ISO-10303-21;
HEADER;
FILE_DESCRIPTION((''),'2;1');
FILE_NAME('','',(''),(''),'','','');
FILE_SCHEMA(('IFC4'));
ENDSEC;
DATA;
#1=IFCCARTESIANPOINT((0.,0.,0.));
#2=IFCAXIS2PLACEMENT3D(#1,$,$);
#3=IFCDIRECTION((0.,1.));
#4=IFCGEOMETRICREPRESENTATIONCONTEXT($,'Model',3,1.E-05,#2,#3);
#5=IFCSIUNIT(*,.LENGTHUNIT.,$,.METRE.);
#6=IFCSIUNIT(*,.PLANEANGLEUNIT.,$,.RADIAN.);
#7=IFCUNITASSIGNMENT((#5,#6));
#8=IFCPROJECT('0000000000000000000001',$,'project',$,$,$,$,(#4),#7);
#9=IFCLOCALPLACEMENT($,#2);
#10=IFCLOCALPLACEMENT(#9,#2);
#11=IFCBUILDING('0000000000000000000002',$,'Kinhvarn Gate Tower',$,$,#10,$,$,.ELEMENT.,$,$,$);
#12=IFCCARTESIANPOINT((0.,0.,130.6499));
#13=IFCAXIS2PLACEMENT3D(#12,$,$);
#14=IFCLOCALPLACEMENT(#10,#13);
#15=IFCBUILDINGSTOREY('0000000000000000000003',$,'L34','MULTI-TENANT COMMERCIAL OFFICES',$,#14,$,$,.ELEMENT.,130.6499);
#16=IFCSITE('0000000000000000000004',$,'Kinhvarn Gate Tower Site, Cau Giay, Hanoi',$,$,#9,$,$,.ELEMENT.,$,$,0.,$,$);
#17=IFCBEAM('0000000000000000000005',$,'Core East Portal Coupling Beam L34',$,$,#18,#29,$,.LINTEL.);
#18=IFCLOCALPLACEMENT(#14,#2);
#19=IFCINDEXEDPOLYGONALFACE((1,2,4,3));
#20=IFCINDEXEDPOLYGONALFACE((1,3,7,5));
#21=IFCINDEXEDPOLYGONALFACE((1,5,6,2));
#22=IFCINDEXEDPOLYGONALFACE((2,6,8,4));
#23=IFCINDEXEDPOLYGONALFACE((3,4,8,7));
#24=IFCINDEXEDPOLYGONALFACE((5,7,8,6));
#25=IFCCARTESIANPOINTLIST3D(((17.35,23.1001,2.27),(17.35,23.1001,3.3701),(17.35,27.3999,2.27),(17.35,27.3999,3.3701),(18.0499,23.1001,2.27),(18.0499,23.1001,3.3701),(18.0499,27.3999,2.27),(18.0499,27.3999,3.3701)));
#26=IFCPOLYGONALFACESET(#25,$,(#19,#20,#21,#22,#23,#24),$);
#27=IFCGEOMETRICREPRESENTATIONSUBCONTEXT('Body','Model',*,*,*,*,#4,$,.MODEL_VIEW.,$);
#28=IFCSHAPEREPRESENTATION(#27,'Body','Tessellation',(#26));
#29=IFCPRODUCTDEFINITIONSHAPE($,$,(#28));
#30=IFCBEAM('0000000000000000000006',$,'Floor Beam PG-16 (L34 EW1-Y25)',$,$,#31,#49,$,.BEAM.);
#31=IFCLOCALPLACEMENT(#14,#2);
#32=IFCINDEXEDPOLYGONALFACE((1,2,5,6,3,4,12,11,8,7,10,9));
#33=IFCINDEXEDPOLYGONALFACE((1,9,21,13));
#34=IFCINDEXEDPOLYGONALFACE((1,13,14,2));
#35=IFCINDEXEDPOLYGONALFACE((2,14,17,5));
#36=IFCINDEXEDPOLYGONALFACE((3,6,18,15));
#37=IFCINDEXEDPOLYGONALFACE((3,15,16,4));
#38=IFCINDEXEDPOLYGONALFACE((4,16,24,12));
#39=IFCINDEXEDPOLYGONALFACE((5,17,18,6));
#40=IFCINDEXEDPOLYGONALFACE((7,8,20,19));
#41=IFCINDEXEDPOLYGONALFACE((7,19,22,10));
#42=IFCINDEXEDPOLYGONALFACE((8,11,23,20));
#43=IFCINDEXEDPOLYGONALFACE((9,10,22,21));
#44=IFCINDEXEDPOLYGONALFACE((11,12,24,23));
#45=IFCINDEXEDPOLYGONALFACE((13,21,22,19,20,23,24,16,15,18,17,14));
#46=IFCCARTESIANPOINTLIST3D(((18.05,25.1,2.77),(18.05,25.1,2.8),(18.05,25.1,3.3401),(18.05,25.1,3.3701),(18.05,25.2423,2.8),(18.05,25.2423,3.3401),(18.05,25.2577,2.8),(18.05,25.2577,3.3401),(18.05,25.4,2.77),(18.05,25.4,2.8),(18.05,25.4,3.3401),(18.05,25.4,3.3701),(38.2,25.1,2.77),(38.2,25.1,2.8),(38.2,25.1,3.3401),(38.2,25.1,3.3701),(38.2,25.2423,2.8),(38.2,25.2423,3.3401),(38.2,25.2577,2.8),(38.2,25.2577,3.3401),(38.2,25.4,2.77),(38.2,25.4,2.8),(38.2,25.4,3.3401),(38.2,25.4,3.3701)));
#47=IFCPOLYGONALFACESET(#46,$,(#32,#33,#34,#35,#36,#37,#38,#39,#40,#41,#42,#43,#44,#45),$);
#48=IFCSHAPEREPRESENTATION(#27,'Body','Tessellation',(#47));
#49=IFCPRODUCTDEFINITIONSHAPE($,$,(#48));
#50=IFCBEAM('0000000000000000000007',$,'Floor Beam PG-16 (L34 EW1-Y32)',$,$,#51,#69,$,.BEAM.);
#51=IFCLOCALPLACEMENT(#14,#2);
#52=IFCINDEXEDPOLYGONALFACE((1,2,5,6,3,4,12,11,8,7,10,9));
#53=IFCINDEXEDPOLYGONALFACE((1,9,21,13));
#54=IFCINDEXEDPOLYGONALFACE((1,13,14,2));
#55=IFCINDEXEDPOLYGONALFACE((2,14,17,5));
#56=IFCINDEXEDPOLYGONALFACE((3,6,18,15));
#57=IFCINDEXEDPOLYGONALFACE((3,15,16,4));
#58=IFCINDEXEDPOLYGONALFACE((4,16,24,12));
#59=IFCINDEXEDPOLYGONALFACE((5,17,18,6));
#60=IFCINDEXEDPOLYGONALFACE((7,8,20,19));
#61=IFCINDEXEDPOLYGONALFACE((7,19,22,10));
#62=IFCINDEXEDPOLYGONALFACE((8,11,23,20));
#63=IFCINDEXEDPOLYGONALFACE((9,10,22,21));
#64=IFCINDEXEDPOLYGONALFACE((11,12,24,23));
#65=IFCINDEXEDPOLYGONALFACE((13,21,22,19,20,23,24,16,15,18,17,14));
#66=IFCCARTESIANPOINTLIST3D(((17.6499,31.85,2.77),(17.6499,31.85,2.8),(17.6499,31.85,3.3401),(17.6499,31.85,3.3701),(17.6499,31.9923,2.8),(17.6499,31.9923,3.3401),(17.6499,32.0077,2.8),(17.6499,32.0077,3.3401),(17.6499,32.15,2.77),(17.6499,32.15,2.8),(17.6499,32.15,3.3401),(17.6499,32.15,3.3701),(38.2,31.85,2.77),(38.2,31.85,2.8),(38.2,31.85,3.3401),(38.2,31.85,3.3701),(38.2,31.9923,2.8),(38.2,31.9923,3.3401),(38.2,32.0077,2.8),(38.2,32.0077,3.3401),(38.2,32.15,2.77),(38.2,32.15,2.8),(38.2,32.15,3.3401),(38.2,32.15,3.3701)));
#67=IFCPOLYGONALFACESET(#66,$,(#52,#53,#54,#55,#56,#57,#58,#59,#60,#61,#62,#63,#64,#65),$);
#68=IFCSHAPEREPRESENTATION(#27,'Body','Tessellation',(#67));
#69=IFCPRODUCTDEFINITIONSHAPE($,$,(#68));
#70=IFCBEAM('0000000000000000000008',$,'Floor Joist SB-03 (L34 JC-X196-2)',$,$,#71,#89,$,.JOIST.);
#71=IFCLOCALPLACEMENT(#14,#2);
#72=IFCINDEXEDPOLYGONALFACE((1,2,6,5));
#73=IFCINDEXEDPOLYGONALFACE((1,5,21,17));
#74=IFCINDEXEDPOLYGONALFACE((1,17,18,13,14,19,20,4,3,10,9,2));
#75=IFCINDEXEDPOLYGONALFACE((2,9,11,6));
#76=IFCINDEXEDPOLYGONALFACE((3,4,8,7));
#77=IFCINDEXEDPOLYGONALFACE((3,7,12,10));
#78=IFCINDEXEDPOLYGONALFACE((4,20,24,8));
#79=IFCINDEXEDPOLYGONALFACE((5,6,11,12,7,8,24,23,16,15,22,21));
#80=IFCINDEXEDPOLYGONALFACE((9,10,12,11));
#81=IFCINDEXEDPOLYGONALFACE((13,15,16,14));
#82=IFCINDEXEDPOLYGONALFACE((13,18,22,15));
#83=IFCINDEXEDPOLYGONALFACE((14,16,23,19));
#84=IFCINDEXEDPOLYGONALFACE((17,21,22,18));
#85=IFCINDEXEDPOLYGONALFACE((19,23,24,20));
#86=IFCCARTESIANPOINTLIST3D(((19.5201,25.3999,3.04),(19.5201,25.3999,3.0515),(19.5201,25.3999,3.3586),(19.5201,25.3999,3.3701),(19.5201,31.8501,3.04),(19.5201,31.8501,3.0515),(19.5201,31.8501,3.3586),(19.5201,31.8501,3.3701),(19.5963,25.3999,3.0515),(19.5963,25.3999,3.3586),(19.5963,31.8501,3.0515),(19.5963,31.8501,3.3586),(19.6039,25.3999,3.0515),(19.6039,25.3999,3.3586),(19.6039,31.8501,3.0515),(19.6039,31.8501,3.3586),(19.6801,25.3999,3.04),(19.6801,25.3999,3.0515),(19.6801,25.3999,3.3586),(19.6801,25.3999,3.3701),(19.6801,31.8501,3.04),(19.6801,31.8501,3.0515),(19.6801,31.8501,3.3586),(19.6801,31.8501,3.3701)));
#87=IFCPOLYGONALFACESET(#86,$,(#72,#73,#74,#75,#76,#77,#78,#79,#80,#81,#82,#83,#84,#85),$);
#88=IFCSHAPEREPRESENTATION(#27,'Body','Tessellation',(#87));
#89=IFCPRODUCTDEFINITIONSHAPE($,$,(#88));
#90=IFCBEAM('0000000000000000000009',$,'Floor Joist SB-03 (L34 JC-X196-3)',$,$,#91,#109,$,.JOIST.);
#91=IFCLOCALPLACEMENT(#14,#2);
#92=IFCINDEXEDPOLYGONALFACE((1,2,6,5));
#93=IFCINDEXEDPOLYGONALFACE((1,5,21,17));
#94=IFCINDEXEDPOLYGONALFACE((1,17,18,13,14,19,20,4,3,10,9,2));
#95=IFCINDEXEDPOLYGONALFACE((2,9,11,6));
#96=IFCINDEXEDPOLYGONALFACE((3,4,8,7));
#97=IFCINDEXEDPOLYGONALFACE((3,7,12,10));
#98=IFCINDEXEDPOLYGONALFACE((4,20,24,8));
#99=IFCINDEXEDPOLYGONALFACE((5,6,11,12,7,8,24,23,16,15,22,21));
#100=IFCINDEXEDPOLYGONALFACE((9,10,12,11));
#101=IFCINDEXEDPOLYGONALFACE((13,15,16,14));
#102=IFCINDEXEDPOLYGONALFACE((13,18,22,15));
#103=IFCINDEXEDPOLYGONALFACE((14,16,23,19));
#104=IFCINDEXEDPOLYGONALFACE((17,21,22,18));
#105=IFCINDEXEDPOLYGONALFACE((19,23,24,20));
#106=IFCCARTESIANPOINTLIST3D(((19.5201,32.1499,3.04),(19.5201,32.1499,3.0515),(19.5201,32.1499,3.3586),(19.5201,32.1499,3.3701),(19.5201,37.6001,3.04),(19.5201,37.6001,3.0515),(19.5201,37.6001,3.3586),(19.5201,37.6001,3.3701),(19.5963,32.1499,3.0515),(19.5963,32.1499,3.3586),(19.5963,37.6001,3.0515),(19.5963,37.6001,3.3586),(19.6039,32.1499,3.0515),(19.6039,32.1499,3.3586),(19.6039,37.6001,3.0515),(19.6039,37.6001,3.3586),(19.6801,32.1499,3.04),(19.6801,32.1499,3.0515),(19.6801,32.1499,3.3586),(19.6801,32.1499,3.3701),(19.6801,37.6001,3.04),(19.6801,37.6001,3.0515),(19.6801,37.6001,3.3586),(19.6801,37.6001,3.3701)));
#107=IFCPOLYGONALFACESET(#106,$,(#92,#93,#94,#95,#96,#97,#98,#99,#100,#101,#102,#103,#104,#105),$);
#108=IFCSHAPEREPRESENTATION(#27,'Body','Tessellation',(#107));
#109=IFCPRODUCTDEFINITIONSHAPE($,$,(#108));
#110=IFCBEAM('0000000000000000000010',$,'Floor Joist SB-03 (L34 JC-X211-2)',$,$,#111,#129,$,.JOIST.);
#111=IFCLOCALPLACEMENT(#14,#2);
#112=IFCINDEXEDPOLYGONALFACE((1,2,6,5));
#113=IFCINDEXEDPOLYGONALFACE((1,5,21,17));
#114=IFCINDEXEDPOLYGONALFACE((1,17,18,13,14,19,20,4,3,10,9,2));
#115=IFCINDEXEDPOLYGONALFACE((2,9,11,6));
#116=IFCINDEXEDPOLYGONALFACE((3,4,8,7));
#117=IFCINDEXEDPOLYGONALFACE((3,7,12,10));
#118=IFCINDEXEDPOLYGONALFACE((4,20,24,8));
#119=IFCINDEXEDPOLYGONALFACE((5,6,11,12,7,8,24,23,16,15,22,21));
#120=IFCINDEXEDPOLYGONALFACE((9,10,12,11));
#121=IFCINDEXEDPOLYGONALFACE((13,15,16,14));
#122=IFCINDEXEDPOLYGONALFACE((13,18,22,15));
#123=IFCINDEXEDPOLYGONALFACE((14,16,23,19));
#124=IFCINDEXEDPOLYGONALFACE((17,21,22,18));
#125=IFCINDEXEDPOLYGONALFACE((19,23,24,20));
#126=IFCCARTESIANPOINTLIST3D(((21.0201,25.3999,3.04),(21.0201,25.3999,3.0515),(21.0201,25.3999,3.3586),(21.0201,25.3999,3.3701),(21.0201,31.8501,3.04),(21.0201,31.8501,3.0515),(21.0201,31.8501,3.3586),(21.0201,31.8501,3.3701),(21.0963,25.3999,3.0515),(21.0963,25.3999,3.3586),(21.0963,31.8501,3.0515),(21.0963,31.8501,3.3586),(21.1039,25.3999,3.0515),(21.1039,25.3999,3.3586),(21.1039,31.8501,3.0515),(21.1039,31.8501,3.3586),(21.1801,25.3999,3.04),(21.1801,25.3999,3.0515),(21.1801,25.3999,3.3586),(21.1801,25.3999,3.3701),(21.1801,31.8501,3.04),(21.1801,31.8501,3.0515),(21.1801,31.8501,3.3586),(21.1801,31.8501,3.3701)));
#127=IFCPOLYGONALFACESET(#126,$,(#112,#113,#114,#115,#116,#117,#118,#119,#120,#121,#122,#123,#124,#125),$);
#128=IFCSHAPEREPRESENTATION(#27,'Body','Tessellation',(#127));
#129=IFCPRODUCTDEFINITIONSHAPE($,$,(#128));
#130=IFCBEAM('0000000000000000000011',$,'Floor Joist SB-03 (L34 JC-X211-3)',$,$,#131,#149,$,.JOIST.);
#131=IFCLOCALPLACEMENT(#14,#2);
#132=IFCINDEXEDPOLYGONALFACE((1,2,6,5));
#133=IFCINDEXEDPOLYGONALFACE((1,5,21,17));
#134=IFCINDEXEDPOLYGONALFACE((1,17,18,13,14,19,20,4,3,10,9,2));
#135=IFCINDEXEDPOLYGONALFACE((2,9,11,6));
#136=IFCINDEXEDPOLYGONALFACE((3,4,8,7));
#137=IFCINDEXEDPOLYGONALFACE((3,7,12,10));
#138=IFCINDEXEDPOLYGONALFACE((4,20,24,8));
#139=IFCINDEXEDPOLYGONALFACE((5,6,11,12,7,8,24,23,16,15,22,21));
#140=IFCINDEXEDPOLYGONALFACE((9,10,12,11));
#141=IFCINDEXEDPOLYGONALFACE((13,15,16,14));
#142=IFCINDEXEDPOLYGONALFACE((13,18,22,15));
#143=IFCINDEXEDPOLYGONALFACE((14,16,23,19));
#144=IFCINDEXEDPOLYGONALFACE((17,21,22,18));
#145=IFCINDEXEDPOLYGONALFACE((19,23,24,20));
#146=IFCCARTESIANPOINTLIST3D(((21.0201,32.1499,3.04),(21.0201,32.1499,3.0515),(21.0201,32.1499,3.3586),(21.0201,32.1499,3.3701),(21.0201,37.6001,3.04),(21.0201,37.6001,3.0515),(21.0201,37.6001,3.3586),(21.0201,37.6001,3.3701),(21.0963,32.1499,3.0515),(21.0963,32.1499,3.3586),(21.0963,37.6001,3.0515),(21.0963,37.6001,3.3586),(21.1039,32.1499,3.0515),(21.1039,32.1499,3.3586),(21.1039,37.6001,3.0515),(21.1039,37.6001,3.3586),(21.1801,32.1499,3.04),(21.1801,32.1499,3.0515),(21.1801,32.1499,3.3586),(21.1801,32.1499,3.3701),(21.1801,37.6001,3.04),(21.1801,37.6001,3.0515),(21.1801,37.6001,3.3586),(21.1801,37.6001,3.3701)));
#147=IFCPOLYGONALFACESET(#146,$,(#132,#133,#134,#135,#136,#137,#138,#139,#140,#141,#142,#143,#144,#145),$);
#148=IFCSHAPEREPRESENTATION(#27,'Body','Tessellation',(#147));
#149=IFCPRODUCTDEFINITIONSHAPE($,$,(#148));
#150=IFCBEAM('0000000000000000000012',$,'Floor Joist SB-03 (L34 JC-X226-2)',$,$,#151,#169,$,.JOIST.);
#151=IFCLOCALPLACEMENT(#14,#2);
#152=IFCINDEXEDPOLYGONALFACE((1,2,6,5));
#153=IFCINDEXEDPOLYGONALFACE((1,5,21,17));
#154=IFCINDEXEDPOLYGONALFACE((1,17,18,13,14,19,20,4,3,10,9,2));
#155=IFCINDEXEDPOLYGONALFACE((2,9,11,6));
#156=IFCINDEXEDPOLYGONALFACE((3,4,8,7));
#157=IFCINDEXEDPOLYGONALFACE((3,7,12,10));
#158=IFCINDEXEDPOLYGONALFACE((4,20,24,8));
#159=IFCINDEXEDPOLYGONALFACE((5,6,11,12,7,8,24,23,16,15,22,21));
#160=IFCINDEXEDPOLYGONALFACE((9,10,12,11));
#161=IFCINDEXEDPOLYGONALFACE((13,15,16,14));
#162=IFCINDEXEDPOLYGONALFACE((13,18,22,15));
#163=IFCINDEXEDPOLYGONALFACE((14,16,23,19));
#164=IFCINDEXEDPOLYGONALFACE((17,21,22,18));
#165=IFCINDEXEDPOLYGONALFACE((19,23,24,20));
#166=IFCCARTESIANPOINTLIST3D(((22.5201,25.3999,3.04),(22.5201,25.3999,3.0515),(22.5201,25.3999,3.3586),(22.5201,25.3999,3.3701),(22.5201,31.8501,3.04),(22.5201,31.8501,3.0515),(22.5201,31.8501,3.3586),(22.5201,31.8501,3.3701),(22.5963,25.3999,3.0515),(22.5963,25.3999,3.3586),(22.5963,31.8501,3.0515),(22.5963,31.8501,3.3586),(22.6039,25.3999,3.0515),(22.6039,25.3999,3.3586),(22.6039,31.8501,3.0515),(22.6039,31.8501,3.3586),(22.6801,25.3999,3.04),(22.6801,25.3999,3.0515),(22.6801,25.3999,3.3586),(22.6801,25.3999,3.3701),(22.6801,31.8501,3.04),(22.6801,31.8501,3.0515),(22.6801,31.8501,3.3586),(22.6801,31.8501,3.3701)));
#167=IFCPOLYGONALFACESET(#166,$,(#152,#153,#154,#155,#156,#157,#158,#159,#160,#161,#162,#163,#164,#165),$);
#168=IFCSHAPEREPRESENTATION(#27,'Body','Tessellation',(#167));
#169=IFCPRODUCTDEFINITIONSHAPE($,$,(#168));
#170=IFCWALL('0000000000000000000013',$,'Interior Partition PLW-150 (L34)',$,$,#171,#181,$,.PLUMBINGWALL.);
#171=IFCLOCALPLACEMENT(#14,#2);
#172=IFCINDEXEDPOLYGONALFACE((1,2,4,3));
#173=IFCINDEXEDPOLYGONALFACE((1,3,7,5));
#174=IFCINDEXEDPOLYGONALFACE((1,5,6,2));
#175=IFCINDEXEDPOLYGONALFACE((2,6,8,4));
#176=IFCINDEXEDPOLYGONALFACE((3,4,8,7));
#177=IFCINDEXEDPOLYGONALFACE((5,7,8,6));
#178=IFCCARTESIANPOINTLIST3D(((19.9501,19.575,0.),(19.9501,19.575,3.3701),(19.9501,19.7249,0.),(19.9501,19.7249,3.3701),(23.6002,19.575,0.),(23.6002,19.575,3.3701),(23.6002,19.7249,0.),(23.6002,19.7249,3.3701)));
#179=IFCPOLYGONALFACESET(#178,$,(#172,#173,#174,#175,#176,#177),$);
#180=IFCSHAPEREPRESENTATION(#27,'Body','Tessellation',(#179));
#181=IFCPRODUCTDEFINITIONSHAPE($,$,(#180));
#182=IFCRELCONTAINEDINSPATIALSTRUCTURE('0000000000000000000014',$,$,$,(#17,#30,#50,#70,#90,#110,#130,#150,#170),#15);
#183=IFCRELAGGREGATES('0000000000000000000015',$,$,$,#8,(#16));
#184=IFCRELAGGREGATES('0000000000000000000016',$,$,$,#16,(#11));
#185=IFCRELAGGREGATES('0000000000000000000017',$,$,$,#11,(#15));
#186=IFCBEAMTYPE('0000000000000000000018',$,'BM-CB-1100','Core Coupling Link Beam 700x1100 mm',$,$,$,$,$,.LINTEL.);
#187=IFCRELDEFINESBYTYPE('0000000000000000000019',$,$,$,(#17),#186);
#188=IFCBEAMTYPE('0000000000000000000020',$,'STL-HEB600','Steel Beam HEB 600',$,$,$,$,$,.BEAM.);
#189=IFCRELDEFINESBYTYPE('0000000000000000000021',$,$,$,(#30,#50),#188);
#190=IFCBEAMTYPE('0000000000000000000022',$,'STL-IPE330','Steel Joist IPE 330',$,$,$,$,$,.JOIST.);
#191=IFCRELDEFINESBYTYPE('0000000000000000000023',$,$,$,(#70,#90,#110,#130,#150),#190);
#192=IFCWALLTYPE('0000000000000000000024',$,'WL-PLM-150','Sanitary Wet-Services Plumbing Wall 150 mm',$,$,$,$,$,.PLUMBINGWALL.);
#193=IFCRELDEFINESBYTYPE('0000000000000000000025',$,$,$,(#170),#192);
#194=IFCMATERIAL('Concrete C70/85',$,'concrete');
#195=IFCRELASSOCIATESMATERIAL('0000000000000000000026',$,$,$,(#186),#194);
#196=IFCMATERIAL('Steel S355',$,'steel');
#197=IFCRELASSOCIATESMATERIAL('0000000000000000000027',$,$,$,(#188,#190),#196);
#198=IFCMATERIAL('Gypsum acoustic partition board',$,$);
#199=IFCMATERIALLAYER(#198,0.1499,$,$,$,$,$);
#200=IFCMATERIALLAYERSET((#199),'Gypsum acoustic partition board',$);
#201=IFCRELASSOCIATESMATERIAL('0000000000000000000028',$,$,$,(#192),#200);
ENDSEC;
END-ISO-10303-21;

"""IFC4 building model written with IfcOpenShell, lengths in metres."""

from ifc_helpers import new_model, si_unit, direction, frame, frame_2d, origin, origin_2d, place, context, subcontext, project, spatial, rectangle, i_section, extrude, material, layer, layer_set, material_profile, profile_set, type_object, element, save


model = new_model("IFC4")

# Units and contexts
model_context = context("Model", 3, precision=1e-05, world=origin(), true_north=direction((0.0, 1.0)))
body_context = subcontext(model_context, "Body", "Model", "MODEL_VIEW")
ifc_project = project(units=[si_unit("LENGTHUNIT", "METRE"), si_unit("PLANEANGLEUNIT", "RADIAN")], contexts=[model_context])

# Site, building, storey
site_placement = place(None, origin())
site = spatial("IfcSite", under=ifc_project, at=site_placement, Name="Kinhvarn Gate Tower Site, Cau Giay, Hanoi", CompositionType="ELEMENT", RefElevation=0.0)
building_placement = place(site_placement, origin())
building = spatial("IfcBuilding", under=site, at=building_placement, Name="Kinhvarn Gate Tower", CompositionType="ELEMENT")
storey_placement = place(building_placement, frame((0.0, 0.0, 130.6499)))
storey = spatial("IfcBuildingStorey", under=building, at=storey_placement, Name="L34", Description="MULTI-TENANT COMMERCIAL OFFICES", CompositionType="ELEMENT", Elevation=130.6499)

# Beams
ifc_material_1 = material(Name="Concrete C70/85", Category="concrete")
ifc_material_profile_1 = material_profile(ifc_material_1, rectangle(XDim=0.7, YDim=1.1001, at=origin_2d()), Name="RC 700x1100")
ifc_profile_set_1 = profile_set([ifc_material_profile_1], Name="Concrete C70/85")
beam_type_1 = type_object("IfcBeamType", Name="BM-CB-1100", Description="Core Coupling Link Beam 700x1100 mm", PredefinedType="LINTEL", material=ifc_profile_set_1)
beam_1_placement = place(storey_placement, frame((17.7, 23.1001, 2.8201), z_axis=(0.0, 1.0, 0.0), x_axis=(-1.0, 0.0, 0.0)))
element("IfcBeam", 1, at=beam_1_placement, inside=storey, type_object=beam_type_1, Name="Core East Portal Coupling Beam L34", PredefinedType="LINTEL", context=body_context, shape_type="SweptSolid", body=[
    extrude(rectangle(XDim=0.7, YDim=1.1001, at=origin_2d()), origin(), (0.0, 0.0, 1.0), 4.2998),
])
ifc_material_2 = material(Name="Steel S355", Category="steel")
ifc_material_profile_2 = material_profile(ifc_material_2, i_section(OverallWidth=0.3, OverallDepth=0.6001, WebThickness=0.0154, FlangeThickness=0.03, at=origin_2d()), Name="HEB 600")
ifc_profile_set_2 = profile_set([ifc_material_profile_2], Name="Steel S355")
beam_type_2 = type_object("IfcBeamType", Name="STL-HEB600", Description="Steel Beam HEB 600", PredefinedType="BEAM", material=ifc_profile_set_2)
beam_2_placement = place(storey_placement, frame((18.05, 25.25, 3.0701), z_axis=(1.0, 0.0, 0.0), x_axis=(0.0, 1.0, 0.0)))
element("IfcBeam", 2, at=beam_2_placement, inside=storey, type_object=beam_type_2, Name="Floor Beam PG-16 (L34 EW1-Y25)", PredefinedType="BEAM", context=body_context, shape_type="SweptSolid", body=[
    extrude(i_section(OverallWidth=0.3, OverallDepth=0.6001, WebThickness=0.0154, FlangeThickness=0.03, at=origin_2d()), origin(), (0.0, 0.0, 1.0), 20.1499),
])
beam_3_placement = place(storey_placement, frame((17.6499, 32.0, 3.0701), z_axis=(1.0, 0.0, 0.0), x_axis=(0.0, 1.0, 0.0)))
element("IfcBeam", 3, at=beam_3_placement, inside=storey, type_object=beam_type_2, Name="Floor Beam PG-16 (L34 EW1-Y32)", PredefinedType="BEAM", context=body_context, shape_type="SweptSolid", body=[
    extrude(i_section(OverallWidth=0.3, OverallDepth=0.6001, WebThickness=0.0154, FlangeThickness=0.03, at=origin_2d()), origin(), (0.0, 0.0, 1.0), 20.55),
])
ifc_material_profile_3 = material_profile(ifc_material_2, i_section(OverallWidth=0.1599, OverallDepth=0.3301, WebThickness=0.0076, FlangeThickness=0.0115, at=origin_2d()), Name="IPE 330")
ifc_profile_set_3 = profile_set([ifc_material_profile_3], Name="Steel S355")
beam_type_3 = type_object("IfcBeamType", Name="STL-IPE330", Description="Steel Joist IPE 330", PredefinedType="JOIST", material=ifc_profile_set_3)
beam_4_placement = place(storey_placement, frame((19.6001, 25.3999, 3.2051), z_axis=(0.0, 1.0, 0.0), x_axis=(-1.0, 0.0, 0.0)))
element("IfcBeam", 4, at=beam_4_placement, inside=storey, type_object=beam_type_3, Name="Floor Joist SB-03 (L34 JC-X196-2)", PredefinedType="JOIST", context=body_context, shape_type="SweptSolid", body=[
    extrude(i_section(OverallWidth=0.1599, OverallDepth=0.3301, WebThickness=0.0076, FlangeThickness=0.0115, at=origin_2d()), origin(), (0.0, 0.0, 1.0), 6.4502),
])
beam_5_placement = place(storey_placement, frame((19.6001, 32.1499, 3.2051), z_axis=(0.0, 1.0, 0.0), x_axis=(-1.0, 0.0, 0.0)))
element("IfcBeam", 5, at=beam_5_placement, inside=storey, type_object=beam_type_3, Name="Floor Joist SB-03 (L34 JC-X196-3)", PredefinedType="JOIST", context=body_context, shape_type="SweptSolid", body=[
    extrude(i_section(OverallWidth=0.1599, OverallDepth=0.3301, WebThickness=0.0076, FlangeThickness=0.0115, at=origin_2d()), origin(), (0.0, 0.0, 1.0), 5.4502),
])
beam_6_placement = place(storey_placement, frame((21.1001, 25.3999, 3.2051), z_axis=(0.0, 1.0, 0.0), x_axis=(-1.0, 0.0, 0.0)))
element("IfcBeam", 6, at=beam_6_placement, inside=storey, type_object=beam_type_3, Name="Floor Joist SB-03 (L34 JC-X211-2)", PredefinedType="JOIST", context=body_context, shape_type="SweptSolid", body=[
    extrude(i_section(OverallWidth=0.1599, OverallDepth=0.3301, WebThickness=0.0076, FlangeThickness=0.0115, at=origin_2d()), origin(), (0.0, 0.0, 1.0), 6.4502),
])
beam_7_placement = place(storey_placement, frame((21.1001, 32.1499, 3.2051), z_axis=(0.0, 1.0, 0.0), x_axis=(-1.0, 0.0, 0.0)))
element("IfcBeam", 7, at=beam_7_placement, inside=storey, type_object=beam_type_3, Name="Floor Joist SB-03 (L34 JC-X211-3)", PredefinedType="JOIST", context=body_context, shape_type="SweptSolid", body=[
    extrude(i_section(OverallWidth=0.1599, OverallDepth=0.3301, WebThickness=0.0076, FlangeThickness=0.0115, at=origin_2d()), origin(), (0.0, 0.0, 1.0), 5.4502),
])
beam_8_placement = place(storey_placement, frame((22.6001, 25.3999, 3.2051), z_axis=(0.0, 1.0, 0.0), x_axis=(-1.0, 0.0, 0.0)))
element("IfcBeam", 8, at=beam_8_placement, inside=storey, type_object=beam_type_3, Name="Floor Joist SB-03 (L34 JC-X226-2)", PredefinedType="JOIST", context=body_context, shape_type="SweptSolid", body=[
    extrude(i_section(OverallWidth=0.1599, OverallDepth=0.3301, WebThickness=0.0076, FlangeThickness=0.0115, at=origin_2d()), origin(), (0.0, 0.0, 1.0), 6.4502),
])

# Wall
ifc_material_3 = material(Name="Gypsum acoustic partition board")
ifc_layer_1 = layer(ifc_material_3, 0.1499)
ifc_layer_set_1 = layer_set([ifc_layer_1], Name="Gypsum acoustic partition board")
wall_type_1 = type_object("IfcWallType", Name="WL-PLM-150", Description="Sanitary Wet-Services Plumbing Wall 150 mm", PredefinedType="PLUMBINGWALL", material=ifc_layer_set_1)
wall_1_placement = place(storey_placement, frame((19.95, 19.6499, 0.0), z_axis=(0.0, 0.0, 1.0), x_axis=(1.0, 0.0, 0.0)))
element("IfcWall", 9, at=wall_1_placement, inside=storey, type_object=wall_type_1, Name="Interior Partition PLW-150 (L34)", PredefinedType="PLUMBINGWALL", context=body_context, shape_type="SweptSolid", body=[
    extrude(rectangle(XDim=3.6501, YDim=0.1499, at=frame_2d((1.8252, 0.0))), origin(), (0.0, 0.0, 1.0), 3.3701),
])

save(model, "model.ifc")
